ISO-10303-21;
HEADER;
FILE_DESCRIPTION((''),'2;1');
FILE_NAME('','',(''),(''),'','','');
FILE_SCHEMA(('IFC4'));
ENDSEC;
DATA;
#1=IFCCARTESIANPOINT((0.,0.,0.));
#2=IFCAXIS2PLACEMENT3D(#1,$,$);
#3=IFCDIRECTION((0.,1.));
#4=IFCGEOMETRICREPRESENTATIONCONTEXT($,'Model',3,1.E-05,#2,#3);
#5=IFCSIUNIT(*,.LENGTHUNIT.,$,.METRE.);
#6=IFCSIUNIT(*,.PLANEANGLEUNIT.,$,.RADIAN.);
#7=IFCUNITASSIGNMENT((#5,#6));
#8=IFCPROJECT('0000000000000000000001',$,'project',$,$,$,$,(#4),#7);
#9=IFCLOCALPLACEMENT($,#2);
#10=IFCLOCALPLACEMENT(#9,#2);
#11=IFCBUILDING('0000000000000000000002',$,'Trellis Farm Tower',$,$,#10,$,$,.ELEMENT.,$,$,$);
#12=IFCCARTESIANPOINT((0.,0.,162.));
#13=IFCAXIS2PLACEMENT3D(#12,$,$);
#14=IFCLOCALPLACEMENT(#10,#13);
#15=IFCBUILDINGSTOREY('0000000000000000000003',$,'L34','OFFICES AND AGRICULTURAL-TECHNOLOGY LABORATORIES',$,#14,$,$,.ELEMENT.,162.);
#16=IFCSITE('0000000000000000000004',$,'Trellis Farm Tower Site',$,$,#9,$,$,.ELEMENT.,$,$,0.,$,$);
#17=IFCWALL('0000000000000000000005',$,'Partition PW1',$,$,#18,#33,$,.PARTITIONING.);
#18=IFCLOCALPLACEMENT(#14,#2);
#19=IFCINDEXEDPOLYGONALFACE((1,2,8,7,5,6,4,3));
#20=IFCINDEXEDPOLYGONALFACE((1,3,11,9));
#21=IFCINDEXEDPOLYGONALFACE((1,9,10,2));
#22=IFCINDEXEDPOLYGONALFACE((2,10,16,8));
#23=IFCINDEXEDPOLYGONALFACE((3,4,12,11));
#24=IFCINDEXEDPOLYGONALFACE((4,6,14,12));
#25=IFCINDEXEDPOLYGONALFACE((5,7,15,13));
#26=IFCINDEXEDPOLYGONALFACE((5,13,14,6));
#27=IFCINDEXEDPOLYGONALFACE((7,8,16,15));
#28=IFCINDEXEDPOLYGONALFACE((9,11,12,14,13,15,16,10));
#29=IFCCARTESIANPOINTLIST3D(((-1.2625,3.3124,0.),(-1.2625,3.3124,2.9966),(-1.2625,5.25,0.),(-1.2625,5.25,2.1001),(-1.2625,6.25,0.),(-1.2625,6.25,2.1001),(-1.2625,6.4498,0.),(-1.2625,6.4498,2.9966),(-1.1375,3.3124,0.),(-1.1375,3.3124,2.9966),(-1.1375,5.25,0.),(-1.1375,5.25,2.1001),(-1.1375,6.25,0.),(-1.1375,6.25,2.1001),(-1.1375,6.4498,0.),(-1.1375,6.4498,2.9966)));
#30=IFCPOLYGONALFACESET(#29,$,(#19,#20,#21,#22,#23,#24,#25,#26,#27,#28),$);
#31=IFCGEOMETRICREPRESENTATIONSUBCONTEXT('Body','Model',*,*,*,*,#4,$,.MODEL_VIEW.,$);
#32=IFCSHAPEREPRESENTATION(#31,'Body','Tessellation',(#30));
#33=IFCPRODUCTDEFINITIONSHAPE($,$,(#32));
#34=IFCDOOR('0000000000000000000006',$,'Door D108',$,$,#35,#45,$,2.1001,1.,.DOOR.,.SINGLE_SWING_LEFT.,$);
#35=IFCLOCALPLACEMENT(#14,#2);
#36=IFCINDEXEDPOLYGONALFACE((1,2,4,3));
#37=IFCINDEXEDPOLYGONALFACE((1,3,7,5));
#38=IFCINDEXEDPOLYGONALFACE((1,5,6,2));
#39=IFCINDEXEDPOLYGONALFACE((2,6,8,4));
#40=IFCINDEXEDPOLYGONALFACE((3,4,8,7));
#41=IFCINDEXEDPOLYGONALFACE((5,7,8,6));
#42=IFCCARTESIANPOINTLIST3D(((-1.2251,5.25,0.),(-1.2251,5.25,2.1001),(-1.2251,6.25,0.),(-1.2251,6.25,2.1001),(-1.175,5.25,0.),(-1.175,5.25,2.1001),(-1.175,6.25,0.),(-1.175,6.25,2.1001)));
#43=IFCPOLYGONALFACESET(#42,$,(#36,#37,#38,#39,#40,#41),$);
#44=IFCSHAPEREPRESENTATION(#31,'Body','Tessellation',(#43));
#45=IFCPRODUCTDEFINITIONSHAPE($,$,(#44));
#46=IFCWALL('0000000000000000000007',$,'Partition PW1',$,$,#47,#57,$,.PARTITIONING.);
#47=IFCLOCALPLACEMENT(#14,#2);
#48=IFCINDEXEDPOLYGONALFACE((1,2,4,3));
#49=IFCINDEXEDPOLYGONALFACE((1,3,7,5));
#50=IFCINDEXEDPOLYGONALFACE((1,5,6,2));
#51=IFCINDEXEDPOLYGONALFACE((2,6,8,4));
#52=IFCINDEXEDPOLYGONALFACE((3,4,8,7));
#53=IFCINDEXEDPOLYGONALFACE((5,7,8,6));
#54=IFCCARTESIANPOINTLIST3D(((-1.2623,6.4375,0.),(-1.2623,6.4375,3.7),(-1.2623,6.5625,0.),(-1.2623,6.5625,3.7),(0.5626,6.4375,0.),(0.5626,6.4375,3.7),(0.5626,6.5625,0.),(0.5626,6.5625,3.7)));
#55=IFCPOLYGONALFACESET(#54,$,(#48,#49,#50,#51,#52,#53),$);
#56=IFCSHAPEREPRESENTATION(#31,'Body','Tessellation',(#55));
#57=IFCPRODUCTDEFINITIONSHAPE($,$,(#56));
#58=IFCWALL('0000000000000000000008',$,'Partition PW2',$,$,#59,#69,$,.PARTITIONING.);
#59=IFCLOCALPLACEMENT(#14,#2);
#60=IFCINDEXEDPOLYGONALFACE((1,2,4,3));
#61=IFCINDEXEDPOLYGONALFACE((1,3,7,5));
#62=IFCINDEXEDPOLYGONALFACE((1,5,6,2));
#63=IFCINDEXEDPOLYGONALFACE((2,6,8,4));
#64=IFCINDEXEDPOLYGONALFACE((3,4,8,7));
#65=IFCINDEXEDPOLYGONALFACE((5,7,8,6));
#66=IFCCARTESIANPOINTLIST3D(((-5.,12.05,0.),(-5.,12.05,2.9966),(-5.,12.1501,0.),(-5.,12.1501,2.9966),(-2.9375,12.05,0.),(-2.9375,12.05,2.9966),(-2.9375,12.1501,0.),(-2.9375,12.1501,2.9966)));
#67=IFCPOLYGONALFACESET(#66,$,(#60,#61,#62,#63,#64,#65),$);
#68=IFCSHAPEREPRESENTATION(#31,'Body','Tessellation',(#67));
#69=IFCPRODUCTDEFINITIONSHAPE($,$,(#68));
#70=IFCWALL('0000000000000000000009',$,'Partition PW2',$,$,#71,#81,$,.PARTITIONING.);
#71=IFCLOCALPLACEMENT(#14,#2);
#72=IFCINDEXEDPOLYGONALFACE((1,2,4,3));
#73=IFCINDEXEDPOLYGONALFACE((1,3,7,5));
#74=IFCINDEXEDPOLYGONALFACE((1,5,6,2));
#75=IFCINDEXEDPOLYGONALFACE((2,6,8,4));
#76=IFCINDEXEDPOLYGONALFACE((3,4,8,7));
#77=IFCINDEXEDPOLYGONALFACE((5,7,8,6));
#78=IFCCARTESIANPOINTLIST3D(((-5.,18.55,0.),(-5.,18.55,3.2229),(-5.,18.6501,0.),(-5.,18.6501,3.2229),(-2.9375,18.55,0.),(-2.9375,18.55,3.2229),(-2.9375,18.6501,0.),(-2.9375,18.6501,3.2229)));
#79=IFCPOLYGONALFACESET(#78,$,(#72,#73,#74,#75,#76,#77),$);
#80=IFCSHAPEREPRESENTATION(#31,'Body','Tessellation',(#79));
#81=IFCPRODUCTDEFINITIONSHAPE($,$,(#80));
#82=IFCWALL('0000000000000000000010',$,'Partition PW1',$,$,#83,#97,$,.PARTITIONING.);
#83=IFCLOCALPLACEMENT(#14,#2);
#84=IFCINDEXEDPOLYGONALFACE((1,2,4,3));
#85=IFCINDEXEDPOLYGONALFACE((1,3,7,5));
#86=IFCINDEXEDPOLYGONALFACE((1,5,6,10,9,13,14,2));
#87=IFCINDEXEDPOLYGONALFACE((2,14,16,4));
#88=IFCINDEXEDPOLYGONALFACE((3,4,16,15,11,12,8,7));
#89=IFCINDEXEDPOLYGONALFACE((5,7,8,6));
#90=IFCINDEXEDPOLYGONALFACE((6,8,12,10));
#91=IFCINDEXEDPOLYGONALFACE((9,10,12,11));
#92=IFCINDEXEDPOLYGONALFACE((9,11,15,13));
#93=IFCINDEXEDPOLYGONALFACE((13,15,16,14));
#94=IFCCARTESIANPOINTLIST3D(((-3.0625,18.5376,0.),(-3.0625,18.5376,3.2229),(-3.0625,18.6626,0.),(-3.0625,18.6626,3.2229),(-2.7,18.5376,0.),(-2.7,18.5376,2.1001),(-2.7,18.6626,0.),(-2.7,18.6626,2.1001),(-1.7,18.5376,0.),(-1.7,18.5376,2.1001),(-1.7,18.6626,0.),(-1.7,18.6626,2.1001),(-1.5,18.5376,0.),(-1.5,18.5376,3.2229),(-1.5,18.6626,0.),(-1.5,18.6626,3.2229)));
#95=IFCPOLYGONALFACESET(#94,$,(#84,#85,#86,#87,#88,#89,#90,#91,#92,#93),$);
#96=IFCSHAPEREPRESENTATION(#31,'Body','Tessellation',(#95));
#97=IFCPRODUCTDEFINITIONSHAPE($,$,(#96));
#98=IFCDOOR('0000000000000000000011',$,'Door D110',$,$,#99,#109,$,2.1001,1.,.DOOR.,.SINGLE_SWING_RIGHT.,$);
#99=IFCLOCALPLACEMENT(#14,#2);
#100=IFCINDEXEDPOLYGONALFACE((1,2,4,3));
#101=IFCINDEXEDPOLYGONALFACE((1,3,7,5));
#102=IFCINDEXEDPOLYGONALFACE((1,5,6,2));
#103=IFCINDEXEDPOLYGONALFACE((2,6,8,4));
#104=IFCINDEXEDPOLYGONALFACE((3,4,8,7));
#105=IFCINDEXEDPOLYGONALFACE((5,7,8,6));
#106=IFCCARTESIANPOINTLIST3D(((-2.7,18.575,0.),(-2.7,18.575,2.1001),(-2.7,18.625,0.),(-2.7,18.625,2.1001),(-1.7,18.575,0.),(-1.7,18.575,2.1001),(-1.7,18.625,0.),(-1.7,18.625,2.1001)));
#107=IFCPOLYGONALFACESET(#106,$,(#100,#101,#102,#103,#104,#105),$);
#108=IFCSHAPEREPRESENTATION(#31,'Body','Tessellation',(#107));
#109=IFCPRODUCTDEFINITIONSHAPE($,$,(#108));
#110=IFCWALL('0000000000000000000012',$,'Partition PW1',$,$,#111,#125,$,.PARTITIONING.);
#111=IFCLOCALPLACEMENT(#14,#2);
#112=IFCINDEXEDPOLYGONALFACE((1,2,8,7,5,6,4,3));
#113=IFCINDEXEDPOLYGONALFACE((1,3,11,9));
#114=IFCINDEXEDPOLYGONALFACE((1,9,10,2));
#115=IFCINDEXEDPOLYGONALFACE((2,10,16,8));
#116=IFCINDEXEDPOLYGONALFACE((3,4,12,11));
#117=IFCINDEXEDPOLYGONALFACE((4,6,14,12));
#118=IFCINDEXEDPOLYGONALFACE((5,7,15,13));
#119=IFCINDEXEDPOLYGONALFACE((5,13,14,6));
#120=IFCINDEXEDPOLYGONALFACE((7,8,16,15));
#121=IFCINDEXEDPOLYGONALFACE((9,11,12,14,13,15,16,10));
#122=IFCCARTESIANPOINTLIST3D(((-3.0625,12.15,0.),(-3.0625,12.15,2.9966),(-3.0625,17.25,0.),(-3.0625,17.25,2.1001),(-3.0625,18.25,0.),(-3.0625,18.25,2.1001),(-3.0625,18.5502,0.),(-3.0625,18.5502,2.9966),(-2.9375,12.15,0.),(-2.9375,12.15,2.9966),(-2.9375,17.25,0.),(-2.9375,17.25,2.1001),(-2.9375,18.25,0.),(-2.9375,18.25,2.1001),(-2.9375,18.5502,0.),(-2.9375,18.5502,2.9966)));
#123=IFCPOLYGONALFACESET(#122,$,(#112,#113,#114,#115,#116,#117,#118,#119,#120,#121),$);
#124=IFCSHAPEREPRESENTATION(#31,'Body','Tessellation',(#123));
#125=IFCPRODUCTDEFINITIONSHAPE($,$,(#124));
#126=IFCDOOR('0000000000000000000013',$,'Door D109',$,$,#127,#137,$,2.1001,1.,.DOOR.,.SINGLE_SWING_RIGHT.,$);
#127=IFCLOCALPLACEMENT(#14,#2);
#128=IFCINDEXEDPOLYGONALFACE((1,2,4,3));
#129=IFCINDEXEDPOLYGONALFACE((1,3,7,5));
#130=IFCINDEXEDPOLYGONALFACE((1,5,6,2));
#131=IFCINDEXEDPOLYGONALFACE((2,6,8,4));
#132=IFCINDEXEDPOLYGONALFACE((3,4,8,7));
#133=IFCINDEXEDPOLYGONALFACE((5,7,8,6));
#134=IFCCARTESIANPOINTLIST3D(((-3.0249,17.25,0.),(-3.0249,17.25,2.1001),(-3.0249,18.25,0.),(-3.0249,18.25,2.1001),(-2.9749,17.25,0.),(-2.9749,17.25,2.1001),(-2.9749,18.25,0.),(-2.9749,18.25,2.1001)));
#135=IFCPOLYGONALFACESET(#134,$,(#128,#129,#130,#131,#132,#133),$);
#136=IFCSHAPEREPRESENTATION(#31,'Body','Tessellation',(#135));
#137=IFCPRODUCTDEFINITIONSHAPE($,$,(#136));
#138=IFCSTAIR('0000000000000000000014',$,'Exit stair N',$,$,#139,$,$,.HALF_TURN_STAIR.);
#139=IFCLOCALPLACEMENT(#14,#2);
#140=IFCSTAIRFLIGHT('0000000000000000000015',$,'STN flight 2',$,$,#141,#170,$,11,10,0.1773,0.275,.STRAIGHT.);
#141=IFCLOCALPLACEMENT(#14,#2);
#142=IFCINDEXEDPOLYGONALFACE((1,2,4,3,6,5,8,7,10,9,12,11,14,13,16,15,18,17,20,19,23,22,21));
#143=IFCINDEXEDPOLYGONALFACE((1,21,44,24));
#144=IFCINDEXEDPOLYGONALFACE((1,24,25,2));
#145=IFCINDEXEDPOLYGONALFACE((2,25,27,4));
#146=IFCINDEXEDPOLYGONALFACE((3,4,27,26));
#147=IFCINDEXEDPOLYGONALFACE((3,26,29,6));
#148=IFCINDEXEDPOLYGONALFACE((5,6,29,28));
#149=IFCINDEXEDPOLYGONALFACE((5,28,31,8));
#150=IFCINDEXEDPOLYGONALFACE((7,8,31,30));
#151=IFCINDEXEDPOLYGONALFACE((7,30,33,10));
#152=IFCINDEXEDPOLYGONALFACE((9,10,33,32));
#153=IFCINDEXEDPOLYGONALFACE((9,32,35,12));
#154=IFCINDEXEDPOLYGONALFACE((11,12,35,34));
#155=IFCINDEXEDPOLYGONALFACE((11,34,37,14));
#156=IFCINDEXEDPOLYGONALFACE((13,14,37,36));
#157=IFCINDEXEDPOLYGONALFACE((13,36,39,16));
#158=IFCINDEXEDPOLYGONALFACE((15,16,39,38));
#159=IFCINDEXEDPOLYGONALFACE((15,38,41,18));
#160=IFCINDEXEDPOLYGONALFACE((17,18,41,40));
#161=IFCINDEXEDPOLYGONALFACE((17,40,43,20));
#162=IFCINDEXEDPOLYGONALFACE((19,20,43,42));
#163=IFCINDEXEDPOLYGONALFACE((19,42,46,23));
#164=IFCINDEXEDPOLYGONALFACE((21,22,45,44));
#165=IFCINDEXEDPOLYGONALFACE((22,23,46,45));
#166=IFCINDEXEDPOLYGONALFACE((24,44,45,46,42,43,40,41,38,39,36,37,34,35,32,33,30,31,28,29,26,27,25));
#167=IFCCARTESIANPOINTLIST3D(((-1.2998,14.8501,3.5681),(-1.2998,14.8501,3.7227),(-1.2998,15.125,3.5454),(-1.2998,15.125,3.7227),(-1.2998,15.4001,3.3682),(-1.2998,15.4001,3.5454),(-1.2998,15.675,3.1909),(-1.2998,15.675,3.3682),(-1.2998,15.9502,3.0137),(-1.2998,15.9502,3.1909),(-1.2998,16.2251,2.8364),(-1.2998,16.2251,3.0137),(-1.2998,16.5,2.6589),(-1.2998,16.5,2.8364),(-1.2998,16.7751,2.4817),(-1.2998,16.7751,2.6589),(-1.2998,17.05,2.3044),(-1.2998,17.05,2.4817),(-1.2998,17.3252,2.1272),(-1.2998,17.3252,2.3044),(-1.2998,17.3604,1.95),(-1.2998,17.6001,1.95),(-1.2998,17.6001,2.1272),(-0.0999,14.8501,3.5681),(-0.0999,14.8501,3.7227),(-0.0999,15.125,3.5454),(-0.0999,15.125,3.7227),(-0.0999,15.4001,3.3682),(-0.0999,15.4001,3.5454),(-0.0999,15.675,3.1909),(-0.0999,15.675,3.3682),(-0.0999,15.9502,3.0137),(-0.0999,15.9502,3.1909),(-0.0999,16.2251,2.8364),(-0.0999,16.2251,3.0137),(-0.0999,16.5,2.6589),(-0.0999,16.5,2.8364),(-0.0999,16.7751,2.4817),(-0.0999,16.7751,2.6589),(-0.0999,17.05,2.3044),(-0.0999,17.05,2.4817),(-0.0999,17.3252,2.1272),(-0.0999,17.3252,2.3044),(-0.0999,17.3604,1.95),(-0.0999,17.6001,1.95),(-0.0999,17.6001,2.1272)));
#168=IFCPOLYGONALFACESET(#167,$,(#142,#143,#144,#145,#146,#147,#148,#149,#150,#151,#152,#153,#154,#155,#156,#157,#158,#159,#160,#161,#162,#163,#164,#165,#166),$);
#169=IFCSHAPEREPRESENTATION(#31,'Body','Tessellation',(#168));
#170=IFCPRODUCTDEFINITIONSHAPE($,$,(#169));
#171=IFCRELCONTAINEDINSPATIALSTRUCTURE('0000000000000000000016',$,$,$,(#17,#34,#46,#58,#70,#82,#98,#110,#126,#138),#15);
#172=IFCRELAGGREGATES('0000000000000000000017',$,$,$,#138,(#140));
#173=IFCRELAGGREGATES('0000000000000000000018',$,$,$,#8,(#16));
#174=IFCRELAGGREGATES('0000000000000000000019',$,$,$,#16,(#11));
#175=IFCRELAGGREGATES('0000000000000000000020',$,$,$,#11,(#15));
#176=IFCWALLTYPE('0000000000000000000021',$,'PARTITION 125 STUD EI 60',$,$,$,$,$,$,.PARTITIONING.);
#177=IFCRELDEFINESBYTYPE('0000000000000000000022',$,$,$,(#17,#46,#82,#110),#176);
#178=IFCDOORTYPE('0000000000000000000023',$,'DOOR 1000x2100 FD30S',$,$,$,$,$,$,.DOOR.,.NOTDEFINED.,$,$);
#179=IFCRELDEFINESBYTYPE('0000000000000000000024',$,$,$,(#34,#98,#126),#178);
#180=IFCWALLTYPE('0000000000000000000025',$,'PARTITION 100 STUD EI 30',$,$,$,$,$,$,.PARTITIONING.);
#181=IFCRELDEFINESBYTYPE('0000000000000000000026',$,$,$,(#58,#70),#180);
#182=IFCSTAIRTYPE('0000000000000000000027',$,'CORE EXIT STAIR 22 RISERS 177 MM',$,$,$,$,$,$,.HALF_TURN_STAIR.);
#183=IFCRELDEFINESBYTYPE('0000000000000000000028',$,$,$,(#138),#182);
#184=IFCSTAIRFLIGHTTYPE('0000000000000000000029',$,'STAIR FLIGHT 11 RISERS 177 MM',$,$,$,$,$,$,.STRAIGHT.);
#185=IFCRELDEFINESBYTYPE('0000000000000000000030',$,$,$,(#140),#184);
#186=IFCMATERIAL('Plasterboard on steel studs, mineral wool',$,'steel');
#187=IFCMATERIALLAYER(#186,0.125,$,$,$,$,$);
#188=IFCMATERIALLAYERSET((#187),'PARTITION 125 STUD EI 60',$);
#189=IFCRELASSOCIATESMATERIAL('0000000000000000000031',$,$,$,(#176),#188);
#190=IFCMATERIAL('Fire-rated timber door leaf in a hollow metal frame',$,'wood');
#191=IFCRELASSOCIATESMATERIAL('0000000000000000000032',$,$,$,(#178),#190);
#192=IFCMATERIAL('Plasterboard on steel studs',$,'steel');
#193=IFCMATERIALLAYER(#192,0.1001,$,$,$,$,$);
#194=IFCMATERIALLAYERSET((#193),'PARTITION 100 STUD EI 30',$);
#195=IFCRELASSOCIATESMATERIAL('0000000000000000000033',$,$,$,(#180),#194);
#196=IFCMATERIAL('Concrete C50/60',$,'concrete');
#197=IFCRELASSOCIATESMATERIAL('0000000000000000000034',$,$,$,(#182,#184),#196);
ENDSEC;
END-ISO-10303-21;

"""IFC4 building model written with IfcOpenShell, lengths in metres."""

from ifc_helpers import new_model, si_unit, direction, frame, frame_2d, origin, place, context, subcontext, project, spatial, polyline, rectangle, outline, extrude, source, transform, mapped, material, layer, layer_set, type_object, element, fill, aggregate, save


model = new_model("IFC4")

# Units and contexts
model_context = context("Model", 3, precision=1e-05, world=origin(), true_north=direction((0.0, 1.0)))
body_context = subcontext(model_context, "Body", "Model", "MODEL_VIEW")
ifc_project = project(units=[si_unit("LENGTHUNIT", "METRE"), si_unit("PLANEANGLEUNIT", "RADIAN")], contexts=[model_context])

# Site, building, storey
site_placement = place(None, origin())
site = spatial("IfcSite", under=ifc_project, at=site_placement, Name="Trellis Farm Tower Site", CompositionType="ELEMENT", RefElevation=0.0)
building_placement = place(site_placement, origin())
building = spatial("IfcBuilding", under=site, at=building_placement, Name="Trellis Farm Tower", CompositionType="ELEMENT")
storey_placement = place(building_placement, frame((0.0, 0.0, 162.0)))
storey = spatial("IfcBuildingStorey", under=building, at=storey_placement, Name="L34", Description="OFFICES AND AGRICULTURAL-TECHNOLOGY LABORATORIES", CompositionType="ELEMENT", Elevation=162.0)

# Wall, opening, door
ifc_material_1 = material(Name="Plasterboard on steel studs, mineral wool", Category="steel")
ifc_layer_1 = layer(ifc_material_1, 0.125)
ifc_layer_set_1 = layer_set([ifc_layer_1], Name="PARTITION 125 STUD EI 60")
wall_type_1 = type_object("IfcWallType", Name="PARTITION 125 STUD EI 60", PredefinedType="PARTITIONING", material=ifc_layer_set_1)
shared_shape_1 = source(origin(), body_context, "Body", "SweptSolid", [
    extrude(rectangle(XDim=3.1375, YDim=0.125, at=frame_2d((1.5688, 0.0))), origin(), (0.0, 0.0, 1.0), 2.9966),
])
wall_1_placement = place(storey_placement, frame((-1.2, 6.45, 0.0), z_axis=(0.0, 0.0, 1.0), x_axis=(0.0, -1.0, 0.0)))
wall_1 = element("IfcWall", 1, at=wall_1_placement, inside=storey, type_object=wall_type_1, Name="Partition PW1", PredefinedType="PARTITIONING", context=body_context, shape_type="MappedRepresentation", body=[
    mapped(shared_shape_1, transform((0.0, 0.0, 0.0))),
])
shared_shape_2 = source(origin(), body_context, "Body", "SweptSolid", [
    extrude(rectangle(XDim=1.0, YDim=2.1001, at=frame_2d((0.5, 1.05))), frame((0.0, 0.0725, 0.0), z_axis=(0.0, -1.0, 0.0), x_axis=(1.0, 0.0, 0.0)), (0.0, 0.0, 1.0), 0.145),
])
opening_1_placement = place(wall_1_placement, frame((0.2, 0.0, 0.0)))
opening_1 = element("IfcOpeningElement", 2, at=opening_1_placement, cuts=wall_1, PredefinedType="OPENING", context=body_context, shape_type="MappedRepresentation", body=[
    mapped(shared_shape_2, transform((0.0, 0.0, 0.0))),
])
ifc_material_2 = material(Name="Fire-rated timber door leaf in a hollow metal frame", Category="wood")
door_type_1 = type_object("IfcDoorType", Name="DOOR 1000x2100 FD30S", OperationType="NOTDEFINED", PredefinedType="DOOR", material=ifc_material_2)
shared_shape_3 = source(origin(), body_context, "Body", "SweptSolid", [
    extrude(rectangle(XDim=1.0, YDim=2.1001, at=frame_2d((0.5, 1.05))), frame((0.0, 0.0249, 0.0), z_axis=(0.0, -1.0, 0.0), x_axis=(1.0, 0.0, 0.0)), (0.0, 0.0, 1.0), 0.05),
])
door_1_placement = place(opening_1_placement, origin())
door_1 = element("IfcDoor", 3, at=door_1_placement, inside=storey, type_object=door_type_1, Name="Door D108", OperationType="SINGLE_SWING_LEFT", OverallHeight=2.1001, OverallWidth=1.0, PredefinedType="DOOR", context=body_context, shape_type="MappedRepresentation", body=[
    mapped(shared_shape_3, transform((0.0, 0.0, 0.0))),
])
fill(opening_1, door_1)

# Walls
shared_shape_4 = source(origin(), body_context, "Body", "SweptSolid", [
    extrude(rectangle(XDim=1.825, YDim=0.125, at=frame_2d((0.9126, 0.0))), origin(), (0.0, 0.0, 1.0), 3.7),
])
wall_2_placement = place(storey_placement, frame((-1.2625, 6.5, 0.0), z_axis=(0.0, 0.0, 1.0), x_axis=(1.0, 0.0, 0.0)))
element("IfcWall", 4, at=wall_2_placement, inside=storey, type_object=wall_type_1, Name="Partition PW1", PredefinedType="PARTITIONING", context=body_context, shape_type="MappedRepresentation", body=[
    mapped(shared_shape_4, transform((0.0, 0.0, 0.0))),
])
ifc_material_3 = material(Name="Plasterboard on steel studs", Category="steel")
ifc_layer_2 = layer(ifc_material_3, 0.1001)
ifc_layer_set_2 = layer_set([ifc_layer_2], Name="PARTITION 100 STUD EI 30")
wall_type_2 = type_object("IfcWallType", Name="PARTITION 100 STUD EI 30", PredefinedType="PARTITIONING", material=ifc_layer_set_2)
shared_shape_5 = source(origin(), body_context, "Body", "SweptSolid", [
    extrude(rectangle(XDim=2.0625, YDim=0.1001, at=frame_2d((1.0312, 0.0))), origin(), (0.0, 0.0, 1.0), 2.9966),
])
wall_3_placement = place(storey_placement, frame((-5.0, 12.1001, 0.0), z_axis=(0.0, 0.0, 1.0), x_axis=(1.0, 0.0, 0.0)))
element("IfcWall", 5, at=wall_3_placement, inside=storey, type_object=wall_type_2, Name="Partition PW2", PredefinedType="PARTITIONING", context=body_context, shape_type="MappedRepresentation", body=[
    mapped(shared_shape_5, transform((0.0, 0.0, 0.0))),
])
shared_shape_6 = source(origin(), body_context, "Body", "SweptSolid", [
    extrude(rectangle(XDim=2.0625, YDim=0.1001, at=frame_2d((1.0312, 0.0))), origin(), (0.0, 0.0, 1.0), 3.2229),
])
wall_4_placement = place(storey_placement, frame((-5.0, 18.6001, 0.0), z_axis=(0.0, 0.0, 1.0), x_axis=(1.0, 0.0, 0.0)))
element("IfcWall", 6, at=wall_4_placement, inside=storey, type_object=wall_type_2, Name="Partition PW2", PredefinedType="PARTITIONING", context=body_context, shape_type="MappedRepresentation", body=[
    mapped(shared_shape_6, transform((0.0, 0.0, 0.0))),
])

# Walls, openings, doors
shared_shape_7 = source(origin(), body_context, "Body", "SweptSolid", [
    extrude(rectangle(XDim=1.5625, YDim=0.125, at=frame_2d((0.7812, 0.0))), origin(), (0.0, 0.0, 1.0), 3.2229),
])
wall_5_placement = place(storey_placement, frame((-3.0625, 18.6001, 0.0), z_axis=(0.0, 0.0, 1.0), x_axis=(1.0, 0.0, 0.0)))
wall_5 = element("IfcWall", 7, at=wall_5_placement, inside=storey, type_object=wall_type_1, Name="Partition PW1", PredefinedType="PARTITIONING", context=body_context, shape_type="MappedRepresentation", body=[
    mapped(shared_shape_7, transform((0.0, 0.0, 0.0))),
])
opening_2_placement = place(wall_5_placement, frame((0.3625, 0.0, 0.0)))
opening_2 = element("IfcOpeningElement", 8, at=opening_2_placement, cuts=wall_5, PredefinedType="OPENING", context=body_context, shape_type="MappedRepresentation", body=[
    mapped(shared_shape_2, transform((0.0, 0.0, 0.0))),
])
door_2_placement = place(opening_2_placement, origin())
door_2 = element("IfcDoor", 9, at=door_2_placement, inside=storey, type_object=door_type_1, Name="Door D110", OperationType="SINGLE_SWING_RIGHT", OverallHeight=2.1001, OverallWidth=1.0, PredefinedType="DOOR", context=body_context, shape_type="MappedRepresentation", body=[
    mapped(shared_shape_3, transform((0.0, 0.0, 0.0))),
])
fill(opening_2, door_2)
shared_shape_8 = source(origin(), body_context, "Body", "SweptSolid", [
    extrude(rectangle(XDim=6.4001, YDim=0.125, at=frame_2d((3.2002, 0.0))), origin(), (0.0, 0.0, 1.0), 2.9966),
])
wall_6_placement = place(storey_placement, frame((-3.0, 12.1499, 0.0), z_axis=(0.0, 0.0, 1.0), x_axis=(0.0, 1.0, 0.0)))
wall_6 = element("IfcWall", 10, at=wall_6_placement, inside=storey, type_object=wall_type_1, Name="Partition PW1", PredefinedType="PARTITIONING", context=body_context, shape_type="MappedRepresentation", body=[
    mapped(shared_shape_8, transform((0.0, 0.0, 0.0))),
])
opening_3_placement = place(wall_6_placement, frame((5.1001, 0.0, 0.0)))
opening_3 = element("IfcOpeningElement", 11, at=opening_3_placement, cuts=wall_6, PredefinedType="OPENING", context=body_context, shape_type="MappedRepresentation", body=[
    mapped(shared_shape_2, transform((0.0, 0.0, 0.0))),
])
door_3_placement = place(opening_3_placement, origin())
door_3 = element("IfcDoor", 12, at=door_3_placement, inside=storey, type_object=door_type_1, Name="Door D109", OperationType="SINGLE_SWING_RIGHT", OverallHeight=2.1001, OverallWidth=1.0, PredefinedType="DOOR", context=body_context, shape_type="MappedRepresentation", body=[
    mapped(shared_shape_3, transform((0.0, 0.0, 0.0))),
])
fill(opening_3, door_3)

# Stair, stair flight
ifc_material_4 = material(Name="Concrete C50/60", Category="concrete")
stair_type = type_object("IfcStairType", Name="CORE EXIT STAIR 22 RISERS 177 MM", PredefinedType="HALF_TURN_STAIR", material=ifc_material_4)
stair_placement = place(storey_placement, origin())
stair = element("IfcStair", 13, at=stair_placement, inside=storey, type_object=stair_type, Name="Exit stair N", PredefinedType="HALF_TURN_STAIR")
stair_flight_type = type_object("IfcStairFlightType", Name="STAIR FLIGHT 11 RISERS 177 MM", PredefinedType="STRAIGHT", material=ifc_material_4)
shared_shape_9 = source(origin(), body_context, "Body", "SweptSolid", [
    extrude(outline(polyline([(0.0, 0.0), (0.0, 0.1772), (0.2749, 0.1772), (0.2749, 0.3545), (0.55, 0.3545), (0.55, 0.5317), (0.825, 0.5317), (0.825, 0.709), (1.1001, 0.709), (1.1001, 0.8865), (1.375, 0.8865), (1.375, 1.0637), (1.6499, 1.0637), (1.6499, 1.241), (1.925, 1.241), (1.925, 1.4182), (2.2, 1.4182), (2.2, 1.5955), (2.4751, 1.5955), (2.4751, 1.7727), (2.75, 1.7727), (2.75, 1.95), (2.75, 1.6182), (0.2397, 0.0), (0.0, 0.0)])), frame((0.0, 0.6001, 0.0), z_axis=(0.0, -1.0, 0.0), x_axis=(1.0, 0.0, 0.0)), (0.0, 0.0, 1.0), 1.2),
])
stair_flight_placement = place(storey_placement, frame((-0.7, 17.6001, 1.95), z_axis=(0.0, 0.0, 1.0), x_axis=(0.0, -1.0, 0.0)))
stair_flight = element("IfcStairFlight", 14, at=stair_flight_placement, type_object=stair_flight_type, Name="STN flight 2", NumberOfRisers=11, NumberOfTreads=10, PredefinedType="STRAIGHT", RiserHeight=0.1773, TreadLength=0.275, context=body_context, shape_type="MappedRepresentation", body=[
    mapped(shared_shape_9, transform((0.0, 0.0, 0.0))),
])
aggregate(stair, [stair_flight])

save(model, "model.ifc")
